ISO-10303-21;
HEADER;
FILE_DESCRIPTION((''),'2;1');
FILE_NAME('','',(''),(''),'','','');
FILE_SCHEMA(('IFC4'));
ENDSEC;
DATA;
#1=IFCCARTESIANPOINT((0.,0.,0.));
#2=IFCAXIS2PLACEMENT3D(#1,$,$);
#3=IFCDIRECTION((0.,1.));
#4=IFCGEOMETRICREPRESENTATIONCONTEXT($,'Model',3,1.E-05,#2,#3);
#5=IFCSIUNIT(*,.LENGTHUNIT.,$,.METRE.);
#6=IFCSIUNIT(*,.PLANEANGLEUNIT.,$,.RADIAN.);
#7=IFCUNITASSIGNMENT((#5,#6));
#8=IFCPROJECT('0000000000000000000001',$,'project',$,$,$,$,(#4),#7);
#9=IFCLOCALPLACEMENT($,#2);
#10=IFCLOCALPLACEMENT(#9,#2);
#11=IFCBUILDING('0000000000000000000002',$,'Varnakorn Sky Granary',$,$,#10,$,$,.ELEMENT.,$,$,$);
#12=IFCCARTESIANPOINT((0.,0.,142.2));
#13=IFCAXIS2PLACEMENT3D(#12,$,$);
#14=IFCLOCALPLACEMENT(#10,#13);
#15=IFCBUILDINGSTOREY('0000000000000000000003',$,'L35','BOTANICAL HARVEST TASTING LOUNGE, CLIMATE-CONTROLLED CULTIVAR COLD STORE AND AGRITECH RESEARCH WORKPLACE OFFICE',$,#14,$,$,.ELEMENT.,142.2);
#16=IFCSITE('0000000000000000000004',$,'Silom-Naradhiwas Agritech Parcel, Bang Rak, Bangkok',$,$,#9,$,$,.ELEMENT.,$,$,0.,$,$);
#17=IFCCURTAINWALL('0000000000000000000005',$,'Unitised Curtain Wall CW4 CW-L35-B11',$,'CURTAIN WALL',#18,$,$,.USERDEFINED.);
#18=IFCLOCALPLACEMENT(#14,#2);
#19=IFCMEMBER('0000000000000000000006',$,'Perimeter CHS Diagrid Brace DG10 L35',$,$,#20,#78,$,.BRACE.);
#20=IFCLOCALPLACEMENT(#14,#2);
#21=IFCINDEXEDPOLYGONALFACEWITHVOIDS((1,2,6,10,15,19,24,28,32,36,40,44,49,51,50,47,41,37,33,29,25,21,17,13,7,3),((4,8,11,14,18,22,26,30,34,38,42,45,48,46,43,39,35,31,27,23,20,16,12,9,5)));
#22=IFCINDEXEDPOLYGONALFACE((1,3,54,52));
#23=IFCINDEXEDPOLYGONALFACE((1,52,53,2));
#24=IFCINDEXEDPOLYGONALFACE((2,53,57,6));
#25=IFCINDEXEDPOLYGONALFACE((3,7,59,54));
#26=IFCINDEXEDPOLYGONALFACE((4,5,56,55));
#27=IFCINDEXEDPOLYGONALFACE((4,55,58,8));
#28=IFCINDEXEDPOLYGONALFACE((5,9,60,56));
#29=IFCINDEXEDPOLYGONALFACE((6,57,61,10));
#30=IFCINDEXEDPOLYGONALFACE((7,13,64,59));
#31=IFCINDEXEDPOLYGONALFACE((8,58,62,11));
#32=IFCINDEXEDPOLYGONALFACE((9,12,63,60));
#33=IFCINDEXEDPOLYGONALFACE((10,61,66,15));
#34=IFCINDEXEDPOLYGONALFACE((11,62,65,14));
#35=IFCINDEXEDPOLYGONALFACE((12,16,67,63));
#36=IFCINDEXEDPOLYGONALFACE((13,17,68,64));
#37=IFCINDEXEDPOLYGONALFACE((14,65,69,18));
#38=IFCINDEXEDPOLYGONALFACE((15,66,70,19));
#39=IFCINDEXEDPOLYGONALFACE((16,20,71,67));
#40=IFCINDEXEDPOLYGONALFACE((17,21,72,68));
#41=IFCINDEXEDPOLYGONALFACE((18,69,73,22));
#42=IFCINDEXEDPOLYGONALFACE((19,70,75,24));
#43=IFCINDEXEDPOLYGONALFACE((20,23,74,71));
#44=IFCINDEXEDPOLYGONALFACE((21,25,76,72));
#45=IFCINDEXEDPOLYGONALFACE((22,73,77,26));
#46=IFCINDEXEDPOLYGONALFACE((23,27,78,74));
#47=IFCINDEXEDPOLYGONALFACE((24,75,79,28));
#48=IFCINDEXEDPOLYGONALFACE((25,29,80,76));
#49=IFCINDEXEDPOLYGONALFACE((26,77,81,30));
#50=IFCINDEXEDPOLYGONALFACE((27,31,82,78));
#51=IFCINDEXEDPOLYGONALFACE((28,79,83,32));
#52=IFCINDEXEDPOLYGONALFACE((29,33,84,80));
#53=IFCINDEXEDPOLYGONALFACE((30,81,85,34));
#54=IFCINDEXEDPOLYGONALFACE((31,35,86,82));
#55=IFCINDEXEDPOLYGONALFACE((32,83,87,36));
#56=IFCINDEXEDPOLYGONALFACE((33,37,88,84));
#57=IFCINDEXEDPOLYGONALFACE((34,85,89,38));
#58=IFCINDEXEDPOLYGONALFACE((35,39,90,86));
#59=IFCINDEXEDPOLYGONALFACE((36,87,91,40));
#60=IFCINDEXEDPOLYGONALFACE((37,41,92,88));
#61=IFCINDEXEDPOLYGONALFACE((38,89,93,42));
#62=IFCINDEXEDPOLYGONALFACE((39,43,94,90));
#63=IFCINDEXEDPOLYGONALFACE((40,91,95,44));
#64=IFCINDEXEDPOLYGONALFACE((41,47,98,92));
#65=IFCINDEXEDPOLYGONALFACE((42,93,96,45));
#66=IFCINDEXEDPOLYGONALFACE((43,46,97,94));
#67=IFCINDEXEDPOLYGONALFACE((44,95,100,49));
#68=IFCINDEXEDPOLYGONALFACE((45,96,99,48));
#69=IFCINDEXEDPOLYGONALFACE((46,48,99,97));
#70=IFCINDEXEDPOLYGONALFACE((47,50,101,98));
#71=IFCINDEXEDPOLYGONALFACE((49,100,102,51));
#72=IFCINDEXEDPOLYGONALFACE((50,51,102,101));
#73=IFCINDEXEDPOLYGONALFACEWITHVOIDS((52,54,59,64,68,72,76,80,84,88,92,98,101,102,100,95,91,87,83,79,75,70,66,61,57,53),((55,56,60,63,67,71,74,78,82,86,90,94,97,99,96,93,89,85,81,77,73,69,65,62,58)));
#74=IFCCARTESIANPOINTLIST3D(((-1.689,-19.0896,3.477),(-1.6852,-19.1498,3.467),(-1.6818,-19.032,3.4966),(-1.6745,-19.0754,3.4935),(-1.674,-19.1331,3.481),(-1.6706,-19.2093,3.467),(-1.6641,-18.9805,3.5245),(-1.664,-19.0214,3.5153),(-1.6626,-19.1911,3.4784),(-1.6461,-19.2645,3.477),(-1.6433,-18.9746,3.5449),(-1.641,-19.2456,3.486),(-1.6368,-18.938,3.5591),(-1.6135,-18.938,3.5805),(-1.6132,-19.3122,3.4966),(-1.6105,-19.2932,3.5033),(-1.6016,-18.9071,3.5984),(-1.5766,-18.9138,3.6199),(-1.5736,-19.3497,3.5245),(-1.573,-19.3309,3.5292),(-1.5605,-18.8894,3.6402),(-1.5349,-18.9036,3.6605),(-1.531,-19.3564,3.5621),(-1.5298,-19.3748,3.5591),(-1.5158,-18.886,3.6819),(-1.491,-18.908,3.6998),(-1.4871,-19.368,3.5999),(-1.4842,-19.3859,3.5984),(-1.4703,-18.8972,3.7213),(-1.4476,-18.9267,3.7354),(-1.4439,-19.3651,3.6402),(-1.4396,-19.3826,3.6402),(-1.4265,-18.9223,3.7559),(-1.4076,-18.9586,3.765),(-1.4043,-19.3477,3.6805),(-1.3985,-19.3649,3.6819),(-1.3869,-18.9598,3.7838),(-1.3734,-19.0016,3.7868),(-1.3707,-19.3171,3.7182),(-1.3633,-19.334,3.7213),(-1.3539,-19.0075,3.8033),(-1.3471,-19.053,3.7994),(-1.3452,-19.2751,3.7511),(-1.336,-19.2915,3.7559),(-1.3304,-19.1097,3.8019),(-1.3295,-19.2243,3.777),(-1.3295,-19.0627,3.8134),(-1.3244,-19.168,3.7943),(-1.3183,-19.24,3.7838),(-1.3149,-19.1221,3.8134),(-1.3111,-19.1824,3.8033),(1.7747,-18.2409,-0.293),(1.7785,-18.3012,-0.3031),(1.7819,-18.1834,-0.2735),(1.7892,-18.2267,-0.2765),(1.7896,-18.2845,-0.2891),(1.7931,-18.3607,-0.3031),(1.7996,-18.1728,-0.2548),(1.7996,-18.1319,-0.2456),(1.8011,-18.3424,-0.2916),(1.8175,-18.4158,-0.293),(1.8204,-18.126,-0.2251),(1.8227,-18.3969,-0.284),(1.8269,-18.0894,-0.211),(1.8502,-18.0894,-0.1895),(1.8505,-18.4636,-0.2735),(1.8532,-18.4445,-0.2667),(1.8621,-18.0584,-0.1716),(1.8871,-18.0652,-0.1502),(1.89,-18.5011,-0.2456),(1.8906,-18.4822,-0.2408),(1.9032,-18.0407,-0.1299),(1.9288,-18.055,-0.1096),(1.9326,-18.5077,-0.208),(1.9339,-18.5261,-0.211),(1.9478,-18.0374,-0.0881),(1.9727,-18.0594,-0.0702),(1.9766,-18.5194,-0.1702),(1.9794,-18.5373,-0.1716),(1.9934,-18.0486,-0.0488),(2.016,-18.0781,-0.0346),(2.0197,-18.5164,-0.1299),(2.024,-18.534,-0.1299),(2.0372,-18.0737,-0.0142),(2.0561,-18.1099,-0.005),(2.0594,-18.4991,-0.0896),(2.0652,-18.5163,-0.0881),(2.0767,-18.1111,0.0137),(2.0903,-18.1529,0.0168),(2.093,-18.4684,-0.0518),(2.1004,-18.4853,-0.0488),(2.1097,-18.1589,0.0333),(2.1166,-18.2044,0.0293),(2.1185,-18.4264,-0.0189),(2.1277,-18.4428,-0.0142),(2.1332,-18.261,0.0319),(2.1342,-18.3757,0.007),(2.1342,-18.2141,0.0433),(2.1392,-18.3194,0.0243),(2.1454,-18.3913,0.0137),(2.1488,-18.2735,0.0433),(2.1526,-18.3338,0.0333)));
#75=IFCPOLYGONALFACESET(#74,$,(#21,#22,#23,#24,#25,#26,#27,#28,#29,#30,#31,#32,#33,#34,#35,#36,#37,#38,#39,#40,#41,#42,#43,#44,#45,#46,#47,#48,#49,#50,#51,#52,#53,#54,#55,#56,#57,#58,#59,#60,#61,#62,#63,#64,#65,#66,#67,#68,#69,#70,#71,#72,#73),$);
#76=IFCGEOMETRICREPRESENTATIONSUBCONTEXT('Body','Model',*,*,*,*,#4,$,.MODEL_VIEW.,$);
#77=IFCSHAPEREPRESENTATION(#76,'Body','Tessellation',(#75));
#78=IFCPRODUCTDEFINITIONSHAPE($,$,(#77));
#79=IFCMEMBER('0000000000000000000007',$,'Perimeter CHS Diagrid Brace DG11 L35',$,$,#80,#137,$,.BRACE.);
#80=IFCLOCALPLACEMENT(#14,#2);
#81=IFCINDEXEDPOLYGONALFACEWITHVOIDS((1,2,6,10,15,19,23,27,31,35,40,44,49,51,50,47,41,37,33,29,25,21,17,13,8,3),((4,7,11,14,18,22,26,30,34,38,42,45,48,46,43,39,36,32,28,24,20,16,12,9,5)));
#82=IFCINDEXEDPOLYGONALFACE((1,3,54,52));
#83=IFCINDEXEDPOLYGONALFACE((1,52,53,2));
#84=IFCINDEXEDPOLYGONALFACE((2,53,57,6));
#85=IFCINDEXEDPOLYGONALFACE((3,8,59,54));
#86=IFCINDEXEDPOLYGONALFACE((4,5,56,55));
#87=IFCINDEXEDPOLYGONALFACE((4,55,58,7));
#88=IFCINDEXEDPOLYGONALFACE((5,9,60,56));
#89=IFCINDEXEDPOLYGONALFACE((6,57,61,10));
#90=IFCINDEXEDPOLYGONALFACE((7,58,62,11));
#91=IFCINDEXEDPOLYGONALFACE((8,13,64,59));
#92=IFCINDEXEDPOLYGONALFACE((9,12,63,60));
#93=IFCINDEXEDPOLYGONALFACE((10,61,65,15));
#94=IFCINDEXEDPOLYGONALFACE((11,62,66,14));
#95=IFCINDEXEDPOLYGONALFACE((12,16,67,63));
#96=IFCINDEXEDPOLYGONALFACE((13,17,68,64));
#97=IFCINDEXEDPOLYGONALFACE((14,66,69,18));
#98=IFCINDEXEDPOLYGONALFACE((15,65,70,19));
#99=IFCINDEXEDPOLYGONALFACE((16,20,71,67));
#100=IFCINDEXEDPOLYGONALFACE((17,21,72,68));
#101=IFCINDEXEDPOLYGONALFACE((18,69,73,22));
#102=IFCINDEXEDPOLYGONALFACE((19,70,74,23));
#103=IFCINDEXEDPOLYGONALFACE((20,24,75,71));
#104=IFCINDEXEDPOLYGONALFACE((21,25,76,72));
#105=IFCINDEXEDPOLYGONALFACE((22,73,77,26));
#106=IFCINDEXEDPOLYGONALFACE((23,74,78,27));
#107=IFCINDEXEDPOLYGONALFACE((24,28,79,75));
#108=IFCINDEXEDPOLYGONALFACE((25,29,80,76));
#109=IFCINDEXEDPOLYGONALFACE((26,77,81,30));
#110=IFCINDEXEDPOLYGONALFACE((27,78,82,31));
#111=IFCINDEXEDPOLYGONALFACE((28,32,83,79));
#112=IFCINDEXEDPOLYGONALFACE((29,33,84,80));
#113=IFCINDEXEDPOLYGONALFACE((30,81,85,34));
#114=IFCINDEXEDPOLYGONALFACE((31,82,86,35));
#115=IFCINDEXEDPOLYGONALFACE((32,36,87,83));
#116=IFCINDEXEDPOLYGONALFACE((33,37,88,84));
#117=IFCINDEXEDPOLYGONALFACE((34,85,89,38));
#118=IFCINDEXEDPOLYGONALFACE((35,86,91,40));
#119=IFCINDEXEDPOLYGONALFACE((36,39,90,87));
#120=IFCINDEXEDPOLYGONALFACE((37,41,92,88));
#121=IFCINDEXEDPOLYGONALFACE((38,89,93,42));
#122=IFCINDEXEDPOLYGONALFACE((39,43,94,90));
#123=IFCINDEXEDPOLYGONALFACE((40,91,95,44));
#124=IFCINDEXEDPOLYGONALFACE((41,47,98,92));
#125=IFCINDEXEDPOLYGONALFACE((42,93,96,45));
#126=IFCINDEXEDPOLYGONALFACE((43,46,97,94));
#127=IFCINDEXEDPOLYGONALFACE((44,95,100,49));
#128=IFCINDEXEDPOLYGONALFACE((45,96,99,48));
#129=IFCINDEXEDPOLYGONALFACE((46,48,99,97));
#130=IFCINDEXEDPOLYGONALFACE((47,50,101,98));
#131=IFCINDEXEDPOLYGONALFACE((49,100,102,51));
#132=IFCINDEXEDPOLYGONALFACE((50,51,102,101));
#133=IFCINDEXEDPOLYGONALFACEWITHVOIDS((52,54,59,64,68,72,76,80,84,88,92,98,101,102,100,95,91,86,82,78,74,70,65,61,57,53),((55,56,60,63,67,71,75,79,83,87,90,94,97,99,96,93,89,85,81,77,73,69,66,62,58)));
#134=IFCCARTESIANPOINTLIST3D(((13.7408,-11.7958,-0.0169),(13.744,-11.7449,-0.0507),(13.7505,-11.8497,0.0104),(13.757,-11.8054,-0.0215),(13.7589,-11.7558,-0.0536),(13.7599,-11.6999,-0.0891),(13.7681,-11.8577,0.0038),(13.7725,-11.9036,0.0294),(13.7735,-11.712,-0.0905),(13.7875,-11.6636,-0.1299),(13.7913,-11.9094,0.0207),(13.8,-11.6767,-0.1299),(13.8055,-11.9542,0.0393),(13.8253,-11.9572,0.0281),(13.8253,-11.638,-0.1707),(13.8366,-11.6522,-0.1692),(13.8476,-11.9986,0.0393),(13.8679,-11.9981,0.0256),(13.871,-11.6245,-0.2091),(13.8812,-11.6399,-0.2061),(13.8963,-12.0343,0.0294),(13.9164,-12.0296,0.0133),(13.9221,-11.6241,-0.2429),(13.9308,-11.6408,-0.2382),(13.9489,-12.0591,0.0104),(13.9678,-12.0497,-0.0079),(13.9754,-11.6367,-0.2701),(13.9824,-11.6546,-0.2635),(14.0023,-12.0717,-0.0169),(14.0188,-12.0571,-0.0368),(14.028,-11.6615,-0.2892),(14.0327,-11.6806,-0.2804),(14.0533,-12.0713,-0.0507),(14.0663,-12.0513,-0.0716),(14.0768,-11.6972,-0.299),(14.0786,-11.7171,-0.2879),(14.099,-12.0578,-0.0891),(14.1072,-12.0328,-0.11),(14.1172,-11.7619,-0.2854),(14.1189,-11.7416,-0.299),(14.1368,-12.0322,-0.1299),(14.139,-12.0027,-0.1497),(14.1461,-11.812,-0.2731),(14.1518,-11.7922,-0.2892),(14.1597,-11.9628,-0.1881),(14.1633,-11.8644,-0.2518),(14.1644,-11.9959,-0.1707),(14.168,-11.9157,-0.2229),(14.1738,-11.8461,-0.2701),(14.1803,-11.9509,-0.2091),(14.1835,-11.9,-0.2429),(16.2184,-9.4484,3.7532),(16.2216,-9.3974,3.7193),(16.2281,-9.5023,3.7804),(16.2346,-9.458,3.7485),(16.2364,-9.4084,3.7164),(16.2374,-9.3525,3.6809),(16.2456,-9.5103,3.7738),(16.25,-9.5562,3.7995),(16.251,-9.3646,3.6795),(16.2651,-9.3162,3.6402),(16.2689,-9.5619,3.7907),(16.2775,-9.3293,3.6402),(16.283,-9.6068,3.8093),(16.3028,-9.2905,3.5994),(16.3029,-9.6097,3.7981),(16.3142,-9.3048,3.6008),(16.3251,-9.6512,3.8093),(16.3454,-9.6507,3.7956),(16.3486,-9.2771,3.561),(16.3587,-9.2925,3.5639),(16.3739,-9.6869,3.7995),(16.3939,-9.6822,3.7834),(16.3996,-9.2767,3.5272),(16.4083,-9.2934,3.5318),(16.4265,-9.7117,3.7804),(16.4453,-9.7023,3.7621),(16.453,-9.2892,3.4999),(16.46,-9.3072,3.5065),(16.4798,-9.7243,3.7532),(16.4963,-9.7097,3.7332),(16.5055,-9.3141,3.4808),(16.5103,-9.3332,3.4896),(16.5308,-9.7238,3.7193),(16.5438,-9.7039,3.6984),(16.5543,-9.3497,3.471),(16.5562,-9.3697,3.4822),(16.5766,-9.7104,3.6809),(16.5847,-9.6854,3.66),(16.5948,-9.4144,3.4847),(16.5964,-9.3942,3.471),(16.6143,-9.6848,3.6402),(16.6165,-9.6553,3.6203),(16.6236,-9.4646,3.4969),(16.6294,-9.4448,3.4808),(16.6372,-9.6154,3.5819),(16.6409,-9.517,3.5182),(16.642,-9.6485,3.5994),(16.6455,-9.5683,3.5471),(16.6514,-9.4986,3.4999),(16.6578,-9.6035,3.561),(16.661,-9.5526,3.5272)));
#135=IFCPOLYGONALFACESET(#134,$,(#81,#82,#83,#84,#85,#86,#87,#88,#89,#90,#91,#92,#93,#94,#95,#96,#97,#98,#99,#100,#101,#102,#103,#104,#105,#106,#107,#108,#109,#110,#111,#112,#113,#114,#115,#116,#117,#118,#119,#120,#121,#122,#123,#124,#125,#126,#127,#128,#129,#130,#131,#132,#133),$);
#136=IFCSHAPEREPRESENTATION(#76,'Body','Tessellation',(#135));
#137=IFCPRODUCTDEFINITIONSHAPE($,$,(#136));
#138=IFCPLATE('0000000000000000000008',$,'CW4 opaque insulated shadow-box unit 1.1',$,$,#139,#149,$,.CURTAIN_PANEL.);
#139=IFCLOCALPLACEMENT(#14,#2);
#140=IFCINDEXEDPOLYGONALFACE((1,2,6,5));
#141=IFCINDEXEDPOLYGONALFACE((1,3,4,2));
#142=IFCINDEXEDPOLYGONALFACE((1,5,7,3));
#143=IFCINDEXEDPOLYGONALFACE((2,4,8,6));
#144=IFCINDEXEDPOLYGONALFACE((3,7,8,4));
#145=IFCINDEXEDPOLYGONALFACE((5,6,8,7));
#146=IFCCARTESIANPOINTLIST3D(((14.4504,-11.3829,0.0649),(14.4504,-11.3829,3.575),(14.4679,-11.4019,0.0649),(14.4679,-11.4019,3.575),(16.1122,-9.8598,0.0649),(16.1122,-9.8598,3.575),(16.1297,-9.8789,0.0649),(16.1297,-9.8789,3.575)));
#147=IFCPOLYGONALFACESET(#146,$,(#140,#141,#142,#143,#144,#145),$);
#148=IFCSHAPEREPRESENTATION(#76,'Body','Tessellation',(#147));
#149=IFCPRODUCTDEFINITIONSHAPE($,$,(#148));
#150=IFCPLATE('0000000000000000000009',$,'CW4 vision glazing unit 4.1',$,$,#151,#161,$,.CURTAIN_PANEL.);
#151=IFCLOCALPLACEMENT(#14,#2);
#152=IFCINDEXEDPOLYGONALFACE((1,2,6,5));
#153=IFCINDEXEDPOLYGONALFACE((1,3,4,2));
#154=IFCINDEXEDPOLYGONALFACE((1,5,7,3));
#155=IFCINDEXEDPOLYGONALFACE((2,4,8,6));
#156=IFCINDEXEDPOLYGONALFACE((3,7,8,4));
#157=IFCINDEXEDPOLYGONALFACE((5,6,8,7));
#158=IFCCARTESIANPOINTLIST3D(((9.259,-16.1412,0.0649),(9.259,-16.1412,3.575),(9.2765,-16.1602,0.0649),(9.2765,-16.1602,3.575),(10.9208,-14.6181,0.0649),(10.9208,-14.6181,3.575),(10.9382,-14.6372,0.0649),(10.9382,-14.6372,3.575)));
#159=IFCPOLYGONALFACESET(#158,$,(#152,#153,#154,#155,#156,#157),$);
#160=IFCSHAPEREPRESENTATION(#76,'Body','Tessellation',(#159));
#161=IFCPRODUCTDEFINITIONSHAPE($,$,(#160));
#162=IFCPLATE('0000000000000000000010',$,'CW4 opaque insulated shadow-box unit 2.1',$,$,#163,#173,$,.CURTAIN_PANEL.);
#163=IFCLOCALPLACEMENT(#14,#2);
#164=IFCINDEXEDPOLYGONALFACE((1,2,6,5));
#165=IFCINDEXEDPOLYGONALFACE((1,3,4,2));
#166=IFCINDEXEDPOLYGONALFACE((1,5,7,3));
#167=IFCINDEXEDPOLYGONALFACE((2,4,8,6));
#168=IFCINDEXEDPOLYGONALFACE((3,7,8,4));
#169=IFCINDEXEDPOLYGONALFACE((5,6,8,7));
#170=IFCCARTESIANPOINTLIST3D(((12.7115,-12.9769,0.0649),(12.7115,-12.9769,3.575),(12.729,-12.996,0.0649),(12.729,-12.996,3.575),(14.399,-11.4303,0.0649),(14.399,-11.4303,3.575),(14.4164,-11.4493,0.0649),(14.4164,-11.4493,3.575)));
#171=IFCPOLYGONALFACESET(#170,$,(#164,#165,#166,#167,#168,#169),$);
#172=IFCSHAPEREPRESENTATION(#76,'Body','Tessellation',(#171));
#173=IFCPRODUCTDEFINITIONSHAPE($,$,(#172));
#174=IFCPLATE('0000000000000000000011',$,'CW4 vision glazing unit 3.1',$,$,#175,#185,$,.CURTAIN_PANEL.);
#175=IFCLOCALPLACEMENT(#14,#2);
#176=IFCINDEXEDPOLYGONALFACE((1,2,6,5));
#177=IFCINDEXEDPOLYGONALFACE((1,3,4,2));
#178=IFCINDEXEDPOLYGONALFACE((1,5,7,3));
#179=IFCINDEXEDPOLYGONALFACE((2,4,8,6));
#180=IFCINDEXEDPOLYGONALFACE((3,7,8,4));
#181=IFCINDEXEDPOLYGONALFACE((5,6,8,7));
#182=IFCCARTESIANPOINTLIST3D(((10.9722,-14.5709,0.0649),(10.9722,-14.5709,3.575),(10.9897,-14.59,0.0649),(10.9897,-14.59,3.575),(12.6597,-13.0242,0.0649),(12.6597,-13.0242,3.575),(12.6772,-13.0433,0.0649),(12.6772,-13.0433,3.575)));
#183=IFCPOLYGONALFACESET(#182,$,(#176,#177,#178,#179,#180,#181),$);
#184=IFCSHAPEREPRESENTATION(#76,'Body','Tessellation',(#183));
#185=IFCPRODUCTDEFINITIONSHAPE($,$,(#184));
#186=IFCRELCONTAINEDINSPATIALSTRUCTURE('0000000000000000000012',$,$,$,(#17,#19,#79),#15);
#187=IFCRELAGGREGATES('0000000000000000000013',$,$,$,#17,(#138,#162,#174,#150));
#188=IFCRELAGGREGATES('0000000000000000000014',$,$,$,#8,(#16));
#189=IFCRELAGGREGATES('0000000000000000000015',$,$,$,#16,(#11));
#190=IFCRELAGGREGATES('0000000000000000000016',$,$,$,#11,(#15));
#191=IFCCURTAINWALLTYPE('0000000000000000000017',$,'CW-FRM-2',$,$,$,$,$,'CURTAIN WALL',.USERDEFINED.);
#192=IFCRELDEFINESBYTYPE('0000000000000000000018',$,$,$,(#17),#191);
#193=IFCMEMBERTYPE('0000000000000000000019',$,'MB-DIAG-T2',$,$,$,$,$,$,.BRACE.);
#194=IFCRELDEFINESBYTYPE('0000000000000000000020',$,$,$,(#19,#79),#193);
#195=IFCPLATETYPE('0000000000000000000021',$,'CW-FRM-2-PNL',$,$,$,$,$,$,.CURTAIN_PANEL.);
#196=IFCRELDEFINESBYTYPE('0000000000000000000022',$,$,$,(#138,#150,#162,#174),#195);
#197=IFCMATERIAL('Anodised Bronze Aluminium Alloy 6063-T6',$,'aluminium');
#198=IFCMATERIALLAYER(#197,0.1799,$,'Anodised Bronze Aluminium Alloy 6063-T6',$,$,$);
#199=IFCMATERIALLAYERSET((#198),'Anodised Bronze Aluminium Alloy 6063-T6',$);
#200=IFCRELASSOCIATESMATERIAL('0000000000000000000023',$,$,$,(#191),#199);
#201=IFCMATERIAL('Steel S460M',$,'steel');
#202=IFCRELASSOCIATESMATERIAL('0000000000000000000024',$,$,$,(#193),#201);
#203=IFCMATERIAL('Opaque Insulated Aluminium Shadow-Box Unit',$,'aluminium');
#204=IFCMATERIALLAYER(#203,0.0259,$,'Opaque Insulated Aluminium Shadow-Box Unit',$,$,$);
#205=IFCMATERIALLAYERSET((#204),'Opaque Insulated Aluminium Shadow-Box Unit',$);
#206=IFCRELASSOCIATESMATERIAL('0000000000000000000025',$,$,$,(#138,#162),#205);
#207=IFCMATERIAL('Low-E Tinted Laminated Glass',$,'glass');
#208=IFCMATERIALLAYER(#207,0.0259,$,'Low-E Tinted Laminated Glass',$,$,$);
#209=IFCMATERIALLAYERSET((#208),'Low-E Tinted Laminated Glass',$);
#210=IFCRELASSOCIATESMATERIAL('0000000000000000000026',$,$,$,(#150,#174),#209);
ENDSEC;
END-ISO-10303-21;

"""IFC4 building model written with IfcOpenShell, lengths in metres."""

from ifc_helpers import new_model, si_unit, direction, frame, origin, origin_2d, place, context, subcontext, project, spatial, rectangle, hollow_circle, extrude, source, transform, mapped, material, layer, layer_set, material_profile, profile_set, type_object, element, aggregate, save


model = new_model("IFC4")

# Units and contexts
model_context = context("Model", 3, precision=1e-05, world=origin(), true_north=direction((0.0, 1.0)))
body_context = subcontext(model_context, "Body", "Model", "MODEL_VIEW")
ifc_project = project(units=[si_unit("LENGTHUNIT", "METRE"), si_unit("PLANEANGLEUNIT", "RADIAN")], contexts=[model_context])

# Site, building, storey
site_placement = place(None, origin())
site = spatial("IfcSite", under=ifc_project, at=site_placement, Name="Silom-Naradhiwas Agritech Parcel, Bang Rak, Bangkok", CompositionType="ELEMENT", RefElevation=0.0)
building_placement = place(site_placement, origin())
building = spatial("IfcBuilding", under=site, at=building_placement, Name="Varnakorn Sky Granary", CompositionType="ELEMENT")
storey_placement = place(building_placement, frame((0.0, 0.0, 142.2)))
storey = spatial("IfcBuildingStorey", under=building, at=storey_placement, Name="L35", Description="BOTANICAL HARVEST TASTING LOUNGE, CLIMATE-CONTROLLED CULTIVAR COLD STORE AND AGRITECH RESEARCH WORKPLACE OFFICE", CompositionType="ELEMENT", Elevation=142.2)

# Shared definitions
ifc_material_1 = material(Name="Steel S460M", Category="steel")

# Curtain wall
ifc_material_2 = material(Name="Anodised Bronze Aluminium Alloy 6063-T6", Category="aluminium")
ifc_layer_1 = layer(ifc_material_2, 0.1799, Name="Anodised Bronze Aluminium Alloy 6063-T6")
ifc_layer_set_1 = layer_set([ifc_layer_1], Name="Anodised Bronze Aluminium Alloy 6063-T6")
curtain_wall_type = type_object("IfcCurtainWallType", Name="CW-FRM-2", ElementType="CURTAIN WALL", PredefinedType="USERDEFINED", material=ifc_layer_set_1)
curtain_wall_1_placement = place(storey_placement, origin())
curtain_wall_1 = element("IfcCurtainWall", 1, at=curtain_wall_1_placement, inside=storey, type_object=curtain_wall_type, Name="Unitised Curtain Wall CW4 CW-L35-B11", ObjectType="CURTAIN WALL", PredefinedType="USERDEFINED")

# Members
ifc_material_profile_1 = material_profile(ifc_material_1, hollow_circle(Radius=0.2539, WallThickness=0.0181, at=origin_2d()), Name="CHS 508x18")
ifc_profile_set_1 = profile_set([ifc_material_profile_1], Name="Steel S460M")
member_type_1 = type_object("IfcMemberType", Name="MB-DIAG-T2", PredefinedType="BRACE", material=ifc_profile_set_1)
member_1_placement = place(storey_placement, frame((1.9636, -18.2874, -0.1299), z_axis=(-0.667441, -0.163532, 0.726484), x_axis=(0.237974, -0.971271, 0.0)))
element("IfcMember", 2, at=member_1_placement, inside=storey, type_object=member_type_1, Name="Perimeter CHS Diagrid Brace DG10 L35", PredefinedType="BRACE", context=body_context, shape_type="SweptSolid", body=[
    extrude(hollow_circle(Radius=0.2539, WallThickness=0.0181, at=origin_2d()), origin(), (0.0, 0.0, 1.0), 5.1895),
])
member_2_placement = place(storey_placement, frame((13.9622, -11.8479, -0.1299), z_axis=(0.487184, 0.461596, 0.741338), x_axis=(-0.687786, 0.725913, 0.0)))
element("IfcMember", 3, at=member_2_placement, inside=storey, type_object=member_type_1, Name="Perimeter CHS Diagrid Brace DG11 L35", PredefinedType="BRACE", context=body_context, shape_type="SweptSolid", body=[
    extrude(hollow_circle(Radius=0.2539, WallThickness=0.0181, at=origin_2d()), origin(), (0.0, 0.0, 1.0), 5.0854),
])

# Plates
ifc_material_3 = material(Name="Opaque Insulated Aluminium Shadow-Box Unit", Category="aluminium")
ifc_layer_2 = layer(ifc_material_3, 0.0259, Name="Opaque Insulated Aluminium Shadow-Box Unit")
ifc_layer_set_2 = layer_set([ifc_layer_2], Name="Opaque Insulated Aluminium Shadow-Box Unit")
plate_type = type_object("IfcPlateType", Name="CW-FRM-2-PNL", PredefinedType="CURTAIN_PANEL")
shared_shape_1 = source(origin(), body_context, "Body", "SweptSolid", [
    extrude(rectangle(XDim=2.2542, YDim=0.0259, at=origin_2d()), origin(), (0.0, 0.0, 1.0), 3.51),
])
plate_1_placement = place(storey_placement, frame((15.29, -10.6309, 0.0649), z_axis=(0.0, 0.0, 1.0), x_axis=(-0.737191, -0.675685, 0.0)))
plate_1 = element("IfcPlate", 4, at=plate_1_placement, type_object=plate_type, material=ifc_layer_set_2, Name="CW4 opaque insulated shadow-box unit 1.1", PredefinedType="CURTAIN_PANEL", context=body_context, shape_type="MappedRepresentation", body=[
    mapped(shared_shape_1, transform((0.0, 0.0, 0.0), x_axis=(1.0, 0.0, 0.0), y_axis=(0.0, 1.0, 0.0), z_axis=(0.0, 0.0, 1.0), scale=1.0)),
])
ifc_material_4 = material(Name="Low-E Tinted Laminated Glass", Category="glass")
ifc_layer_3 = layer(ifc_material_4, 0.0259, Name="Low-E Tinted Laminated Glass")
ifc_layer_set_3 = layer_set([ifc_layer_3], Name="Low-E Tinted Laminated Glass")
plate_2_placement = place(storey_placement, frame((10.0986, -15.3892, 0.0649), z_axis=(0.0, 0.0, 1.0), x_axis=(-0.737191, -0.675685, 0.0)))
plate_2 = element("IfcPlate", 5, at=plate_2_placement, type_object=plate_type, material=ifc_layer_set_3, Name="CW4 vision glazing unit 4.1", PredefinedType="CURTAIN_PANEL", context=body_context, shape_type="MappedRepresentation", body=[
    mapped(shared_shape_1, transform((0.0, 0.0, 0.0), x_axis=(1.0, 0.0, 0.0), y_axis=(0.0, 1.0, 0.0), z_axis=(0.0, 0.0, 1.0), scale=1.0)),
])
shared_shape_2 = source(origin(), body_context, "Body", "SweptSolid", [
    extrude(rectangle(XDim=2.2891, YDim=0.0259, at=origin_2d()), origin(), (0.0, 0.0, 1.0), 3.51),
])
plate_3_placement = place(storey_placement, frame((13.564, -12.2131, 0.0649), z_axis=(0.0, 0.0, 1.0), x_axis=(-0.737191, -0.675685, 0.0)))
plate_3 = element("IfcPlate", 6, at=plate_3_placement, type_object=plate_type, material=ifc_layer_set_2, Name="CW4 opaque insulated shadow-box unit 2.1", PredefinedType="CURTAIN_PANEL", context=body_context, shape_type="MappedRepresentation", body=[
    mapped(shared_shape_2, transform((0.0, 0.0, 0.0), x_axis=(1.0, 0.0, 0.0), y_axis=(0.0, 1.0, 0.0), z_axis=(0.0, 0.0, 1.0), scale=1.0)),
])
plate_4_placement = place(storey_placement, frame((11.8247, -13.8071, 0.0649), z_axis=(0.0, 0.0, 1.0), x_axis=(-0.737191, -0.675685, 0.0)))
plate_4 = element("IfcPlate", 7, at=plate_4_placement, type_object=plate_type, material=ifc_layer_set_3, Name="CW4 vision glazing unit 3.1", PredefinedType="CURTAIN_PANEL", context=body_context, shape_type="MappedRepresentation", body=[
    mapped(shared_shape_2, transform((0.0, 0.0, 0.0), x_axis=(1.0, 0.0, 0.0), y_axis=(0.0, 1.0, 0.0), z_axis=(0.0, 0.0, 1.0), scale=1.0)),
])
aggregate(curtain_wall_1, [plate_1, plate_3, plate_4, plate_2])

save(model, "model.ifc")
